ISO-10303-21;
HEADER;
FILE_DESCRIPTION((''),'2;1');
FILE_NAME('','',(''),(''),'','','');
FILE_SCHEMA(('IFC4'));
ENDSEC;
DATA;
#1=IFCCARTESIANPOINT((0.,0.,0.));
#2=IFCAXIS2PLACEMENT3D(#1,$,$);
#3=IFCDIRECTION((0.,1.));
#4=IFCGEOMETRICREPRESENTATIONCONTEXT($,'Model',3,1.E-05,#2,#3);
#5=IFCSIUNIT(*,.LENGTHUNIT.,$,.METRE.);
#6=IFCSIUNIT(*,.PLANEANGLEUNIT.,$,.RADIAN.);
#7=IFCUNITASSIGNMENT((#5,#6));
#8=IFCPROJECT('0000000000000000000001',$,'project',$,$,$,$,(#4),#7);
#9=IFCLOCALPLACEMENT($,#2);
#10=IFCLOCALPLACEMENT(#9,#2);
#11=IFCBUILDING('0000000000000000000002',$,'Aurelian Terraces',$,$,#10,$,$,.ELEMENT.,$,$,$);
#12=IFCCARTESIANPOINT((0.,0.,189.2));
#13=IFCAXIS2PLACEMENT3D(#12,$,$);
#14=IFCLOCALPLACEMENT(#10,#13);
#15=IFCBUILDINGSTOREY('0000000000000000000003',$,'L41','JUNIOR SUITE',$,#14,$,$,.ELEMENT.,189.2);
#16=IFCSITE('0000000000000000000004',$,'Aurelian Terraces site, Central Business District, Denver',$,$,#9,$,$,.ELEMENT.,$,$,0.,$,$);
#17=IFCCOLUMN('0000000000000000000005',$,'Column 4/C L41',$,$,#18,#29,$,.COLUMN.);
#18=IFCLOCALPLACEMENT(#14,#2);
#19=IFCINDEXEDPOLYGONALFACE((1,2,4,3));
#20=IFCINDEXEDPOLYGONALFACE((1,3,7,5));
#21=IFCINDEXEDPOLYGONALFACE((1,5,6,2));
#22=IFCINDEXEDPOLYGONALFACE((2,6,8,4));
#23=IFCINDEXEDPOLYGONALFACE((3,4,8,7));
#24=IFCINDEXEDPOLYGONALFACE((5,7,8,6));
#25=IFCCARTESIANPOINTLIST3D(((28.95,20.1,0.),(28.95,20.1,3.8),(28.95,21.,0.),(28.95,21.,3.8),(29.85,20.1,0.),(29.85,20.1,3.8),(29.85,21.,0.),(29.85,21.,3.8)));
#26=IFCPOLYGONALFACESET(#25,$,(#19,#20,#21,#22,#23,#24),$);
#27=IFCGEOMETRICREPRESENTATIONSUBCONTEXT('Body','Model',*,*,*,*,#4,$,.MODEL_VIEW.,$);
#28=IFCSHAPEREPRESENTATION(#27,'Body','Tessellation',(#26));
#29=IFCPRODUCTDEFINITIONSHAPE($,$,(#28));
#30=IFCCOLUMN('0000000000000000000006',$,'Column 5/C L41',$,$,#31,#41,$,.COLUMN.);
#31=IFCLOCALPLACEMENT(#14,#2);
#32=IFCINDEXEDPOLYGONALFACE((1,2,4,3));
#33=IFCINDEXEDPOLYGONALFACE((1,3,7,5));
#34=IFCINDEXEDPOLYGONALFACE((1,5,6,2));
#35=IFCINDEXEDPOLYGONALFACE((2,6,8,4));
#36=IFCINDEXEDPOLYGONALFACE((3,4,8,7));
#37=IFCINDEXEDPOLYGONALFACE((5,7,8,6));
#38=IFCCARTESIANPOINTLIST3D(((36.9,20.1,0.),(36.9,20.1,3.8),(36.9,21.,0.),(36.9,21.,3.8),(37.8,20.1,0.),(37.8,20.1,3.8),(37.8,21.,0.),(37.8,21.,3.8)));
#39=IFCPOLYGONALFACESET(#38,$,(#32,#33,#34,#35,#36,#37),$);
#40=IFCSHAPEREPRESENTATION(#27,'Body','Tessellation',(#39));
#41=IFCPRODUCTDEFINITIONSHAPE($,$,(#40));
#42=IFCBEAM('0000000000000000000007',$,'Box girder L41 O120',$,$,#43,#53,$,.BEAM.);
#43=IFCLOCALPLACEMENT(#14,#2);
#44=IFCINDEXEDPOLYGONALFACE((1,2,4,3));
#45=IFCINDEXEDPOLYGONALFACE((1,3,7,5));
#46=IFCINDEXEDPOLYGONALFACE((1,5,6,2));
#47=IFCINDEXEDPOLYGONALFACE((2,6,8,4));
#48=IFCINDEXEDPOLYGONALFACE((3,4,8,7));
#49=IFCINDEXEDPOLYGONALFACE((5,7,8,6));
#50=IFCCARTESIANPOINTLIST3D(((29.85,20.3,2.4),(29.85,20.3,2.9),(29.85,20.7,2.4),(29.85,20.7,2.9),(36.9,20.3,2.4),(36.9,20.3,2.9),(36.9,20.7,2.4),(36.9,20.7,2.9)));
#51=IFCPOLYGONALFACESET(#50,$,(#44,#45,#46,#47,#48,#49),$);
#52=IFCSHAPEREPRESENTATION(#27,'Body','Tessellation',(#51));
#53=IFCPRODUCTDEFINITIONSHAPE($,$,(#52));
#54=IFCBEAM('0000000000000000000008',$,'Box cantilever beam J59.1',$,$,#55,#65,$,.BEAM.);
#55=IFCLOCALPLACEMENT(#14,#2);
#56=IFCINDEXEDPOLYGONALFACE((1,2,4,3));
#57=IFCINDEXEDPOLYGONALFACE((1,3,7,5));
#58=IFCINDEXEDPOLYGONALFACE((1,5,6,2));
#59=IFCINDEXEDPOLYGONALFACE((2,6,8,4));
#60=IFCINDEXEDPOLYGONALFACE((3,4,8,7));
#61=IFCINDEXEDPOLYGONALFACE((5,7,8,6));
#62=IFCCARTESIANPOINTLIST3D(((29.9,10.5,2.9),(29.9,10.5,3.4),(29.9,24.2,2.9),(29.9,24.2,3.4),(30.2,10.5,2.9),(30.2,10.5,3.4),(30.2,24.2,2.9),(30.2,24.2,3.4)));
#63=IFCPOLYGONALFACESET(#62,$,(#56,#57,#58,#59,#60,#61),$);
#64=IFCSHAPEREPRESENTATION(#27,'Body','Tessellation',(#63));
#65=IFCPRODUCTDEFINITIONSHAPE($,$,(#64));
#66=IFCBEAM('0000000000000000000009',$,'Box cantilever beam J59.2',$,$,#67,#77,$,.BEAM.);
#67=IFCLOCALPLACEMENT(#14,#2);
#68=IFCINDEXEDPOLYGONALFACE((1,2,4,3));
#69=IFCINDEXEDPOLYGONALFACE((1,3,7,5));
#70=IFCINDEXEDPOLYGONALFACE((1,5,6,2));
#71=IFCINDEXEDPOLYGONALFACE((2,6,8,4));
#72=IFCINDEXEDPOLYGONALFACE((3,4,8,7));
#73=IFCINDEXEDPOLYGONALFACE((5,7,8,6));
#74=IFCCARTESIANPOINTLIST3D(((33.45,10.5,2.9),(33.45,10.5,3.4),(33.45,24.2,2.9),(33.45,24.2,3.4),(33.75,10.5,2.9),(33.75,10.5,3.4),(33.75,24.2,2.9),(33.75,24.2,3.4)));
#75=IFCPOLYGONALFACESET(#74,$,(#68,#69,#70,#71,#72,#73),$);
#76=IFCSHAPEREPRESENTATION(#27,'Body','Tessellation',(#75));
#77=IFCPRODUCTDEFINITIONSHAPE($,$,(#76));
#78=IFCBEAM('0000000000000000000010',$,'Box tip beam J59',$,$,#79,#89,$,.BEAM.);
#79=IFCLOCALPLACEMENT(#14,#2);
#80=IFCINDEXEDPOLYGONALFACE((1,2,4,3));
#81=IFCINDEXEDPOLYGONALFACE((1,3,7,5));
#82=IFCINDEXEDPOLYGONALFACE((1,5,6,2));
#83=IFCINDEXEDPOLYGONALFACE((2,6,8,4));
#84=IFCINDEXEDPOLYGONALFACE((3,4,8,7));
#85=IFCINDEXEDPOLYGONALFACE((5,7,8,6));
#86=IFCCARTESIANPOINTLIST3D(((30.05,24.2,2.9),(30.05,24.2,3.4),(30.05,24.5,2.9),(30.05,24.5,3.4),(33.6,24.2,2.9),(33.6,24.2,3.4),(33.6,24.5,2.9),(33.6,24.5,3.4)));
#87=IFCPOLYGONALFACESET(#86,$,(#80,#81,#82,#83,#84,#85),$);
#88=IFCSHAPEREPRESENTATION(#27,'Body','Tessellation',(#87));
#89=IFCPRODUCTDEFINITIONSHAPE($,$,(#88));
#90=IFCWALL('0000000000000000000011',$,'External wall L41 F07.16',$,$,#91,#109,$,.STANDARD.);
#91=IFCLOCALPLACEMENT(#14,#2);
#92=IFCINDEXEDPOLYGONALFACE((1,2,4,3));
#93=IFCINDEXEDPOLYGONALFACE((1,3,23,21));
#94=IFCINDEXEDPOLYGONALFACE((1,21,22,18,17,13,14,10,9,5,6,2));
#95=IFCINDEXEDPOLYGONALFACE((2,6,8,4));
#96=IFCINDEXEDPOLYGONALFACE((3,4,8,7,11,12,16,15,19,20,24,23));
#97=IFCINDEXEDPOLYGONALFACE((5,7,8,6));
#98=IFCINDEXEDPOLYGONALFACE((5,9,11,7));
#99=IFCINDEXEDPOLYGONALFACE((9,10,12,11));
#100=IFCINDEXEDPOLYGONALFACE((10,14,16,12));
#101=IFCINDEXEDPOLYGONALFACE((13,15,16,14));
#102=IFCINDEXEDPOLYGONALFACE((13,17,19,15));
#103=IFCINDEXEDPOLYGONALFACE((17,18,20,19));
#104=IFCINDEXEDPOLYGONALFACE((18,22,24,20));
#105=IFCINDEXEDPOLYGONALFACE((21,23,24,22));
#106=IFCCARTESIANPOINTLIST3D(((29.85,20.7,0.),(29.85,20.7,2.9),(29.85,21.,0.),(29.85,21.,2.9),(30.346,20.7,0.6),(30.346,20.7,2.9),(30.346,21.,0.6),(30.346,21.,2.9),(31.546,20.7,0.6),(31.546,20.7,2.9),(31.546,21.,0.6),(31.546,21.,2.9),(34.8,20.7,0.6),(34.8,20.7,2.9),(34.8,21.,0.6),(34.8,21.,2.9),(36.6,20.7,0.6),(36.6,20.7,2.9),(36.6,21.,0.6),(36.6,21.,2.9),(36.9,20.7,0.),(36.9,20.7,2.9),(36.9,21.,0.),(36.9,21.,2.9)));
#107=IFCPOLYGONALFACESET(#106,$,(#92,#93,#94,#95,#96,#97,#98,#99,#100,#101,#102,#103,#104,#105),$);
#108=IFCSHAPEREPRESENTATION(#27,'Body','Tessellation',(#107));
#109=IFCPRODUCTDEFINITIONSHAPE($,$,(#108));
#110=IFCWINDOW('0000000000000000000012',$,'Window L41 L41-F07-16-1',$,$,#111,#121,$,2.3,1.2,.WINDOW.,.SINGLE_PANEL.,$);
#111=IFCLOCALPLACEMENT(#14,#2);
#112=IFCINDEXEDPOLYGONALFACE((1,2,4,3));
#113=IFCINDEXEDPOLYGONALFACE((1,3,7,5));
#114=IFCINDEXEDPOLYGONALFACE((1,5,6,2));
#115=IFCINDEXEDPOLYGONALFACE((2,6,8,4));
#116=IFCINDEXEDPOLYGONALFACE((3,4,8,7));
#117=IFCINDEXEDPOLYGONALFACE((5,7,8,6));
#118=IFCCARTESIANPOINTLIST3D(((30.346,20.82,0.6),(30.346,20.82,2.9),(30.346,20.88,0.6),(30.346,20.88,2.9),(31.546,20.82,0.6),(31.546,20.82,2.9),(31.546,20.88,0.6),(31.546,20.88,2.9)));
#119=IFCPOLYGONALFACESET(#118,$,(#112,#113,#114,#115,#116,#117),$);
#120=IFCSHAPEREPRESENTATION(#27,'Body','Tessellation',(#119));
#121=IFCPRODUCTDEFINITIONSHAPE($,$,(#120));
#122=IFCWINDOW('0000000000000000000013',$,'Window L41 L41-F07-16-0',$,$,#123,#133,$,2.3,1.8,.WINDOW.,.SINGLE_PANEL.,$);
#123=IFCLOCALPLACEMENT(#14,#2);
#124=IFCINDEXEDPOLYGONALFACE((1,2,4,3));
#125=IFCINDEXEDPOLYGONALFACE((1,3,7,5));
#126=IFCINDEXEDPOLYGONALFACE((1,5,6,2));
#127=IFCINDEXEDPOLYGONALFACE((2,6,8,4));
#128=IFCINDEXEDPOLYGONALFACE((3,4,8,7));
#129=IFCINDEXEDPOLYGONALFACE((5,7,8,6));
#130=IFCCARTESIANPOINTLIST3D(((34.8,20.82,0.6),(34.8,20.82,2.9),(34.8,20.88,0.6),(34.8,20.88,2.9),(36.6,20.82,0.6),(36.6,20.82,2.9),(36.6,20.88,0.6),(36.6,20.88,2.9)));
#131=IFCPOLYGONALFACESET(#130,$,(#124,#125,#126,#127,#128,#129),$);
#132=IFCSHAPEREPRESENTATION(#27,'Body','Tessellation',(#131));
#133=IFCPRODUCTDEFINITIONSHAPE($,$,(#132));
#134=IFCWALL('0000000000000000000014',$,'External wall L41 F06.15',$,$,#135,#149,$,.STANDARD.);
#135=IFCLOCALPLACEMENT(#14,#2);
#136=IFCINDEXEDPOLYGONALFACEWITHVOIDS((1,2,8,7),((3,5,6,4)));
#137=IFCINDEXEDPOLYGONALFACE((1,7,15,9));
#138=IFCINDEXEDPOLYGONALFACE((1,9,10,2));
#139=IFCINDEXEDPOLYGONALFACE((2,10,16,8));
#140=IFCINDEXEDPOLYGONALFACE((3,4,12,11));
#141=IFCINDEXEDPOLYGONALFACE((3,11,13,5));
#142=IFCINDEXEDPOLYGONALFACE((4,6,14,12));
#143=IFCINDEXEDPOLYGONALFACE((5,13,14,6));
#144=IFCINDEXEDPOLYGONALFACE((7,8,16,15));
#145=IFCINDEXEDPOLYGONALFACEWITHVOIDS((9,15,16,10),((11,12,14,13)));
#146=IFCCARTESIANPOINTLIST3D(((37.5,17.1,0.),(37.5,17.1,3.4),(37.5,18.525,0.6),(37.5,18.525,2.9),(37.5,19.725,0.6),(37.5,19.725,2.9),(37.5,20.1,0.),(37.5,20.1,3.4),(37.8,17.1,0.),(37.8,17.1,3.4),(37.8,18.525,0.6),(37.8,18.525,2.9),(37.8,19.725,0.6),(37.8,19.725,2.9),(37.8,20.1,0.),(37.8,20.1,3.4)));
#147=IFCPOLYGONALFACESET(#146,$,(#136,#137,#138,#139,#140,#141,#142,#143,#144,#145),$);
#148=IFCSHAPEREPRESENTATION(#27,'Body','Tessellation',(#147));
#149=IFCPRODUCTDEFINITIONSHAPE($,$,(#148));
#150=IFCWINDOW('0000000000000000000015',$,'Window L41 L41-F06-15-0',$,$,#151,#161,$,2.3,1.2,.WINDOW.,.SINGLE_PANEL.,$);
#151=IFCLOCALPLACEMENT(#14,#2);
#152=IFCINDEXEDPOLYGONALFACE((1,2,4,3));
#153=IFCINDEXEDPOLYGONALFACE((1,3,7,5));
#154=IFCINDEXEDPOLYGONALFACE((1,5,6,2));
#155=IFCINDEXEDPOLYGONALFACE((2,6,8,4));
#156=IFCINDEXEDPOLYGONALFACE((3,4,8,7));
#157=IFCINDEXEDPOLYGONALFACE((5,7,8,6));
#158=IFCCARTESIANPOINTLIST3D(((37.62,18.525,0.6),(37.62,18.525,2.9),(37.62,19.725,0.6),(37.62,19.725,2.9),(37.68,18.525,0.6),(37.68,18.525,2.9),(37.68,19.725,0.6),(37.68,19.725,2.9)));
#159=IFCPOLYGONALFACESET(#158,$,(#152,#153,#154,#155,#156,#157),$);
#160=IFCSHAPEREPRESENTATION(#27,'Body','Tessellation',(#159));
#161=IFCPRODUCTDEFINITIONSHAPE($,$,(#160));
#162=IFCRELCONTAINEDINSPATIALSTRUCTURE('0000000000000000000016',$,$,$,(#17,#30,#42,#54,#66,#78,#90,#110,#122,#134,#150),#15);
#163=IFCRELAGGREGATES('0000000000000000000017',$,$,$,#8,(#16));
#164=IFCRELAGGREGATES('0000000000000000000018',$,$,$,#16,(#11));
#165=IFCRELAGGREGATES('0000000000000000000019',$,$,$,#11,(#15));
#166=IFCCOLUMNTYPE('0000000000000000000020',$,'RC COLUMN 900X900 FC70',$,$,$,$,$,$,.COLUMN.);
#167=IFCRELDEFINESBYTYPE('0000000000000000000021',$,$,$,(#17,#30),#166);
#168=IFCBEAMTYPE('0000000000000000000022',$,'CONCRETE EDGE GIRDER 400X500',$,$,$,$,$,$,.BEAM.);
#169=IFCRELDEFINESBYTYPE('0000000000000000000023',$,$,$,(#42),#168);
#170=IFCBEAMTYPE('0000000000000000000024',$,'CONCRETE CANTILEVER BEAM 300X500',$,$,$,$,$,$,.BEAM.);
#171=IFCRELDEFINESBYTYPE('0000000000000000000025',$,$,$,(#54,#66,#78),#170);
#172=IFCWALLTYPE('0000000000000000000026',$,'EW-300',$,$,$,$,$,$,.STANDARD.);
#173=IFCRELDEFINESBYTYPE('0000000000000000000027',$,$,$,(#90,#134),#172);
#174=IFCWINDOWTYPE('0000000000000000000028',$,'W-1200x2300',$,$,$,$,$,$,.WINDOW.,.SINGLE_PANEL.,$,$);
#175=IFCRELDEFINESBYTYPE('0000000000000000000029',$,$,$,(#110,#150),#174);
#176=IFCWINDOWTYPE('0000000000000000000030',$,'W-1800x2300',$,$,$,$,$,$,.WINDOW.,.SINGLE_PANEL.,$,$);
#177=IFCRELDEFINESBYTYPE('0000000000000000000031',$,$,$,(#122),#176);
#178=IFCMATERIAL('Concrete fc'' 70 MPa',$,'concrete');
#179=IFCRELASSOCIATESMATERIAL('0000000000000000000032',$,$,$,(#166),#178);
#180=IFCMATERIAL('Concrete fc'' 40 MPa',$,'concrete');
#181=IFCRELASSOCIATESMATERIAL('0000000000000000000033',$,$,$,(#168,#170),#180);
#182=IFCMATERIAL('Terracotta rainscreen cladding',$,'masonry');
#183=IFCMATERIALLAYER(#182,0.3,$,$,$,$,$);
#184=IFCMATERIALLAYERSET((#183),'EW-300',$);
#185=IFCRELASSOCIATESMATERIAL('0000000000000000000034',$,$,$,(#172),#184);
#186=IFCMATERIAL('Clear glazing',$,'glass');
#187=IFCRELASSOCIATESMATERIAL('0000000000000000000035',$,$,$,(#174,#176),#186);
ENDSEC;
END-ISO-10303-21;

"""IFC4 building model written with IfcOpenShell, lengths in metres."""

from ifc_helpers import new_model, si_unit, direction, frame, frame_2d, origin, origin_2d, place, context, subcontext, project, spatial, rectangle, extrude, source, transform, mapped, material, layer, layer_set, material_profile, profile_set, type_object, element, fill, save


model = new_model("IFC4")

# Units and contexts
model_context = context("Model", 3, precision=1e-05, world=origin(), true_north=direction((0.0, 1.0)))
body_context = subcontext(model_context, "Body", "Model", "MODEL_VIEW")
ifc_project = project(units=[si_unit("LENGTHUNIT", "METRE"), si_unit("PLANEANGLEUNIT", "RADIAN")], contexts=[model_context])

# Site, building, storey
site_placement = place(None, origin())
site = spatial("IfcSite", under=ifc_project, at=site_placement, Name="Aurelian Terraces site, Central Business District, Denver", CompositionType="ELEMENT", RefElevation=0.0)
building_placement = place(site_placement, origin())
building = spatial("IfcBuilding", under=site, at=building_placement, Name="Aurelian Terraces", CompositionType="ELEMENT")
storey_placement = place(building_placement, frame((0.0, 0.0, 189.2)))
storey = spatial("IfcBuildingStorey", under=building, at=storey_placement, Name="L41", Description="JUNIOR SUITE", CompositionType="ELEMENT", Elevation=189.2)

# Columns
ifc_material_1 = material(Name="Concrete fc' 70 MPa", Category="concrete")
ifc_material_profile_1 = material_profile(ifc_material_1, rectangle(XDim=0.9, YDim=0.9, at=origin_2d()))
ifc_profile_set_1 = profile_set([ifc_material_profile_1], Name="Concrete fc' 70 MPa")
column_type = type_object("IfcColumnType", Name="RC COLUMN 900X900 FC70", PredefinedType="COLUMN", material=ifc_profile_set_1)
shared_shape_1 = source(origin(), body_context, "Body", "SweptSolid", [
    extrude(rectangle(XDim=0.9, YDim=0.9, at=origin_2d()), origin(), (0.0, 0.0, 1.0), 3.8),
])
for number, where, z_axis, x_axis, name in (
    (1, (29.4, 20.55, 0.0), (0.0, 0.0, 1.0), (1.0, 0.0, 0.0), "Column 4/C L41"),
    (2, (37.35, 20.55, 0.0), (0.0, 0.0, 1.0), (1.0, 0.0, 0.0), "Column 5/C L41"),
):
    element("IfcColumn", number, at=place(storey_placement, frame(where, z_axis=z_axis, x_axis=x_axis)), inside=storey, type_object=column_type, Name=name, PredefinedType="COLUMN", context=body_context, shape_type="MappedRepresentation", body=[
        mapped(shared_shape_1, transform((0.0, 0.0, 0.0), scale=1.0)),
    ])

# Beams
ifc_material_2 = material(Name="Concrete fc' 40 MPa", Category="concrete")
ifc_material_profile_2 = material_profile(ifc_material_2, rectangle(XDim=0.4, YDim=0.5, at=origin_2d()))
ifc_profile_set_2 = profile_set([ifc_material_profile_2], Name="Concrete fc' 40 MPa")
beam_type_1 = type_object("IfcBeamType", Name="CONCRETE EDGE GIRDER 400X500", PredefinedType="BEAM", material=ifc_profile_set_2)
beam_1_placement = place(storey_placement, frame((29.85, 20.5, 2.65), z_axis=(1.0, 0.0, 0.0), x_axis=(0.0, 1.0, 0.0)))
element("IfcBeam", 3, at=beam_1_placement, inside=storey, type_object=beam_type_1, Name="Box girder L41 O120", PredefinedType="BEAM", context=body_context, shape_type="SweptSolid", body=[
    extrude(rectangle(XDim=0.4, YDim=0.5, at=origin_2d()), origin(), (0.0, 0.0, 1.0), 7.05),
])
ifc_material_profile_3 = material_profile(ifc_material_2, rectangle(XDim=0.3, YDim=0.5, at=origin_2d()))
ifc_profile_set_3 = profile_set([ifc_material_profile_3], Name="Concrete fc' 40 MPa")
beam_type_2 = type_object("IfcBeamType", Name="CONCRETE CANTILEVER BEAM 300X500", PredefinedType="BEAM", material=ifc_profile_set_3)
shared_shape_2 = source(origin(), body_context, "Body", "SweptSolid", [
    extrude(rectangle(XDim=0.3, YDim=0.5, at=origin_2d()), origin(), (0.0, 0.0, 1.0), 13.7),
])
for number, where, z_axis, x_axis, name in (
    (4, (30.05, 24.2, 3.15), (0.0, -1.0, 0.0), (1.0, 0.0, 0.0), "Box cantilever beam J59.1"),
    (5, (33.6, 24.2, 3.15), (0.0, -1.0, 0.0), (1.0, 0.0, 0.0), "Box cantilever beam J59.2"),
):
    element("IfcBeam", number, at=place(storey_placement, frame(where, z_axis=z_axis, x_axis=x_axis)), inside=storey, type_object=beam_type_2, Name=name, PredefinedType="BEAM", context=body_context, shape_type="MappedRepresentation", body=[
        mapped(shared_shape_2, transform((0.0, 0.0, 0.0), scale=1.0)),
    ])
shared_shape_3 = source(origin(), body_context, "Body", "SweptSolid", [
    extrude(rectangle(XDim=0.3, YDim=0.5, at=origin_2d()), origin(), (0.0, 0.0, 1.0), 3.55),
])
beam_2_placement = place(storey_placement, frame((30.05, 24.35, 3.15), z_axis=(1.0, 0.0, 0.0), x_axis=(0.0, 1.0, 0.0)))
element("IfcBeam", 6, at=beam_2_placement, inside=storey, type_object=beam_type_2, Name="Box tip beam J59", PredefinedType="BEAM", context=body_context, shape_type="MappedRepresentation", body=[
    mapped(shared_shape_3, transform((0.0, 0.0, 0.0), scale=1.0)),
])

# Wall, openings, windows
ifc_material_3 = material(Name="Terracotta rainscreen cladding", Category="masonry")
ifc_layer_1 = layer(ifc_material_3, 0.3)
ifc_layer_set_1 = layer_set([ifc_layer_1], Name="EW-300")
wall_type_1 = type_object("IfcWallType", Name="EW-300", PredefinedType="STANDARD", material=ifc_layer_set_1)
wall_1_placement = place(storey_placement, frame((36.9, 20.85, 0.0), z_axis=(0.0, 0.0, 1.0), x_axis=(-1.0, 0.0, 0.0)))
wall_1 = element("IfcWall", 7, at=wall_1_placement, inside=storey, type_object=wall_type_1, Name="External wall L41 F07.16", PredefinedType="STANDARD", context=body_context, shape_type="SweptSolid", body=[
    extrude(rectangle(XDim=7.05, YDim=0.3, at=frame_2d((3.525, 0.0))), origin(), (0.0, 0.0, 1.0), 2.9),
])
shared_shape_4 = source(origin(), body_context, "Body", "SweptSolid", [
    extrude(rectangle(XDim=1.8, YDim=2.3, at=frame_2d((0.9, 1.15))), frame((0.0, 0.16, 0.0), z_axis=(0.0, -1.0, 0.0), x_axis=(1.0, 0.0, 0.0)), (0.0, 0.0, 1.0), 0.32),
])
opening_1_placement = place(wall_1_placement, frame((0.3, 0.0, 0.6)))
opening_1 = element("IfcOpeningElement", 8, at=opening_1_placement, cuts=wall_1, PredefinedType="OPENING", context=body_context, shape_type="MappedRepresentation", body=[
    mapped(shared_shape_4, transform((0.0, 0.0, 0.0), scale=1.0)),
])
shared_shape_5 = source(origin(), body_context, "Body", "SweptSolid", [
    extrude(rectangle(XDim=1.2, YDim=2.3, at=frame_2d((0.6, 1.15))), frame((0.0, 0.16, 0.0), z_axis=(0.0, -1.0, 0.0), x_axis=(1.0, 0.0, 0.0)), (0.0, 0.0, 1.0), 0.32),
])
opening_2_placement = place(wall_1_placement, frame((5.354, 0.0, 0.6)))
opening_2 = element("IfcOpeningElement", 9, at=opening_2_placement, cuts=wall_1, PredefinedType="OPENING", context=body_context, shape_type="MappedRepresentation", body=[
    mapped(shared_shape_5, transform((0.0, 0.0, 0.0), scale=1.0)),
])
ifc_material_4 = material(Name="Clear glazing", Category="glass")
window_type_1 = type_object("IfcWindowType", Name="W-1200x2300", PartitioningType="SINGLE_PANEL", PredefinedType="WINDOW", material=ifc_material_4)
shared_shape_6 = source(origin(), body_context, "Body", "SweptSolid", [
    extrude(rectangle(XDim=1.2, YDim=2.3, at=frame_2d((0.6, 1.15))), frame((0.0, 0.03, 0.0), z_axis=(0.0, -1.0, 0.0), x_axis=(1.0, 0.0, 0.0)), (0.0, 0.0, 1.0), 0.06),
])
window_1_placement = place(opening_2_placement, origin())
window_1 = element("IfcWindow", 10, at=window_1_placement, inside=storey, type_object=window_type_1, Name="Window L41 L41-F07-16-1", OverallHeight=2.3, OverallWidth=1.2, PartitioningType="SINGLE_PANEL", PredefinedType="WINDOW", context=body_context, shape_type="MappedRepresentation", body=[
    mapped(shared_shape_6, transform((0.0, 0.0, 0.0), scale=1.0)),
])
fill(opening_2, window_1)
window_type_2 = type_object("IfcWindowType", Name="W-1800x2300", PartitioningType="SINGLE_PANEL", PredefinedType="WINDOW", material=ifc_material_4)
shared_shape_7 = source(origin(), body_context, "Body", "SweptSolid", [
    extrude(rectangle(XDim=1.8, YDim=2.3, at=frame_2d((0.9, 1.15))), frame((0.0, 0.03, 0.0), z_axis=(0.0, -1.0, 0.0), x_axis=(1.0, 0.0, 0.0)), (0.0, 0.0, 1.0), 0.06),
])
window_2_placement = place(opening_1_placement, origin())
window_2 = element("IfcWindow", 11, at=window_2_placement, inside=storey, type_object=window_type_2, Name="Window L41 L41-F07-16-0", OverallHeight=2.3, OverallWidth=1.8, PartitioningType="SINGLE_PANEL", PredefinedType="WINDOW", context=body_context, shape_type="MappedRepresentation", body=[
    mapped(shared_shape_7, transform((0.0, 0.0, 0.0), scale=1.0)),
])
fill(opening_1, window_2)

# Wall, opening, window
shared_shape_8 = source(origin(), body_context, "Body", "SweptSolid", [
    extrude(rectangle(XDim=3.0, YDim=0.3, at=frame_2d((1.5, 0.0))), origin(), (0.0, 0.0, 1.0), 3.4),
])
wall_2_placement = place(storey_placement, frame((37.65, 17.1, 0.0), z_axis=(0.0, 0.0, 1.0), x_axis=(0.0, 1.0, 0.0)))
wall_2 = element("IfcWall", 12, at=wall_2_placement, inside=storey, type_object=wall_type_1, Name="External wall L41 F06.15", PredefinedType="STANDARD", context=body_context, shape_type="MappedRepresentation", body=[
    mapped(shared_shape_8, transform((0.0, 0.0, 0.0), scale=1.0)),
])
opening_3_placement = place(wall_2_placement, frame((1.425, 0.0, 0.6)))
opening_3 = element("IfcOpeningElement", 13, at=opening_3_placement, cuts=wall_2, PredefinedType="OPENING", context=body_context, shape_type="MappedRepresentation", body=[
    mapped(shared_shape_5, transform((0.0, 0.0, 0.0), scale=1.0)),
])
window_3_placement = place(opening_3_placement, origin())
window_3 = element("IfcWindow", 14, at=window_3_placement, inside=storey, type_object=window_type_1, Name="Window L41 L41-F06-15-0", OverallHeight=2.3, OverallWidth=1.2, PartitioningType="SINGLE_PANEL", PredefinedType="WINDOW", context=body_context, shape_type="MappedRepresentation", body=[
    mapped(shared_shape_6, transform((0.0, 0.0, 0.0), scale=1.0)),
])
fill(opening_3, window_3)

save(model, "model.ifc")
